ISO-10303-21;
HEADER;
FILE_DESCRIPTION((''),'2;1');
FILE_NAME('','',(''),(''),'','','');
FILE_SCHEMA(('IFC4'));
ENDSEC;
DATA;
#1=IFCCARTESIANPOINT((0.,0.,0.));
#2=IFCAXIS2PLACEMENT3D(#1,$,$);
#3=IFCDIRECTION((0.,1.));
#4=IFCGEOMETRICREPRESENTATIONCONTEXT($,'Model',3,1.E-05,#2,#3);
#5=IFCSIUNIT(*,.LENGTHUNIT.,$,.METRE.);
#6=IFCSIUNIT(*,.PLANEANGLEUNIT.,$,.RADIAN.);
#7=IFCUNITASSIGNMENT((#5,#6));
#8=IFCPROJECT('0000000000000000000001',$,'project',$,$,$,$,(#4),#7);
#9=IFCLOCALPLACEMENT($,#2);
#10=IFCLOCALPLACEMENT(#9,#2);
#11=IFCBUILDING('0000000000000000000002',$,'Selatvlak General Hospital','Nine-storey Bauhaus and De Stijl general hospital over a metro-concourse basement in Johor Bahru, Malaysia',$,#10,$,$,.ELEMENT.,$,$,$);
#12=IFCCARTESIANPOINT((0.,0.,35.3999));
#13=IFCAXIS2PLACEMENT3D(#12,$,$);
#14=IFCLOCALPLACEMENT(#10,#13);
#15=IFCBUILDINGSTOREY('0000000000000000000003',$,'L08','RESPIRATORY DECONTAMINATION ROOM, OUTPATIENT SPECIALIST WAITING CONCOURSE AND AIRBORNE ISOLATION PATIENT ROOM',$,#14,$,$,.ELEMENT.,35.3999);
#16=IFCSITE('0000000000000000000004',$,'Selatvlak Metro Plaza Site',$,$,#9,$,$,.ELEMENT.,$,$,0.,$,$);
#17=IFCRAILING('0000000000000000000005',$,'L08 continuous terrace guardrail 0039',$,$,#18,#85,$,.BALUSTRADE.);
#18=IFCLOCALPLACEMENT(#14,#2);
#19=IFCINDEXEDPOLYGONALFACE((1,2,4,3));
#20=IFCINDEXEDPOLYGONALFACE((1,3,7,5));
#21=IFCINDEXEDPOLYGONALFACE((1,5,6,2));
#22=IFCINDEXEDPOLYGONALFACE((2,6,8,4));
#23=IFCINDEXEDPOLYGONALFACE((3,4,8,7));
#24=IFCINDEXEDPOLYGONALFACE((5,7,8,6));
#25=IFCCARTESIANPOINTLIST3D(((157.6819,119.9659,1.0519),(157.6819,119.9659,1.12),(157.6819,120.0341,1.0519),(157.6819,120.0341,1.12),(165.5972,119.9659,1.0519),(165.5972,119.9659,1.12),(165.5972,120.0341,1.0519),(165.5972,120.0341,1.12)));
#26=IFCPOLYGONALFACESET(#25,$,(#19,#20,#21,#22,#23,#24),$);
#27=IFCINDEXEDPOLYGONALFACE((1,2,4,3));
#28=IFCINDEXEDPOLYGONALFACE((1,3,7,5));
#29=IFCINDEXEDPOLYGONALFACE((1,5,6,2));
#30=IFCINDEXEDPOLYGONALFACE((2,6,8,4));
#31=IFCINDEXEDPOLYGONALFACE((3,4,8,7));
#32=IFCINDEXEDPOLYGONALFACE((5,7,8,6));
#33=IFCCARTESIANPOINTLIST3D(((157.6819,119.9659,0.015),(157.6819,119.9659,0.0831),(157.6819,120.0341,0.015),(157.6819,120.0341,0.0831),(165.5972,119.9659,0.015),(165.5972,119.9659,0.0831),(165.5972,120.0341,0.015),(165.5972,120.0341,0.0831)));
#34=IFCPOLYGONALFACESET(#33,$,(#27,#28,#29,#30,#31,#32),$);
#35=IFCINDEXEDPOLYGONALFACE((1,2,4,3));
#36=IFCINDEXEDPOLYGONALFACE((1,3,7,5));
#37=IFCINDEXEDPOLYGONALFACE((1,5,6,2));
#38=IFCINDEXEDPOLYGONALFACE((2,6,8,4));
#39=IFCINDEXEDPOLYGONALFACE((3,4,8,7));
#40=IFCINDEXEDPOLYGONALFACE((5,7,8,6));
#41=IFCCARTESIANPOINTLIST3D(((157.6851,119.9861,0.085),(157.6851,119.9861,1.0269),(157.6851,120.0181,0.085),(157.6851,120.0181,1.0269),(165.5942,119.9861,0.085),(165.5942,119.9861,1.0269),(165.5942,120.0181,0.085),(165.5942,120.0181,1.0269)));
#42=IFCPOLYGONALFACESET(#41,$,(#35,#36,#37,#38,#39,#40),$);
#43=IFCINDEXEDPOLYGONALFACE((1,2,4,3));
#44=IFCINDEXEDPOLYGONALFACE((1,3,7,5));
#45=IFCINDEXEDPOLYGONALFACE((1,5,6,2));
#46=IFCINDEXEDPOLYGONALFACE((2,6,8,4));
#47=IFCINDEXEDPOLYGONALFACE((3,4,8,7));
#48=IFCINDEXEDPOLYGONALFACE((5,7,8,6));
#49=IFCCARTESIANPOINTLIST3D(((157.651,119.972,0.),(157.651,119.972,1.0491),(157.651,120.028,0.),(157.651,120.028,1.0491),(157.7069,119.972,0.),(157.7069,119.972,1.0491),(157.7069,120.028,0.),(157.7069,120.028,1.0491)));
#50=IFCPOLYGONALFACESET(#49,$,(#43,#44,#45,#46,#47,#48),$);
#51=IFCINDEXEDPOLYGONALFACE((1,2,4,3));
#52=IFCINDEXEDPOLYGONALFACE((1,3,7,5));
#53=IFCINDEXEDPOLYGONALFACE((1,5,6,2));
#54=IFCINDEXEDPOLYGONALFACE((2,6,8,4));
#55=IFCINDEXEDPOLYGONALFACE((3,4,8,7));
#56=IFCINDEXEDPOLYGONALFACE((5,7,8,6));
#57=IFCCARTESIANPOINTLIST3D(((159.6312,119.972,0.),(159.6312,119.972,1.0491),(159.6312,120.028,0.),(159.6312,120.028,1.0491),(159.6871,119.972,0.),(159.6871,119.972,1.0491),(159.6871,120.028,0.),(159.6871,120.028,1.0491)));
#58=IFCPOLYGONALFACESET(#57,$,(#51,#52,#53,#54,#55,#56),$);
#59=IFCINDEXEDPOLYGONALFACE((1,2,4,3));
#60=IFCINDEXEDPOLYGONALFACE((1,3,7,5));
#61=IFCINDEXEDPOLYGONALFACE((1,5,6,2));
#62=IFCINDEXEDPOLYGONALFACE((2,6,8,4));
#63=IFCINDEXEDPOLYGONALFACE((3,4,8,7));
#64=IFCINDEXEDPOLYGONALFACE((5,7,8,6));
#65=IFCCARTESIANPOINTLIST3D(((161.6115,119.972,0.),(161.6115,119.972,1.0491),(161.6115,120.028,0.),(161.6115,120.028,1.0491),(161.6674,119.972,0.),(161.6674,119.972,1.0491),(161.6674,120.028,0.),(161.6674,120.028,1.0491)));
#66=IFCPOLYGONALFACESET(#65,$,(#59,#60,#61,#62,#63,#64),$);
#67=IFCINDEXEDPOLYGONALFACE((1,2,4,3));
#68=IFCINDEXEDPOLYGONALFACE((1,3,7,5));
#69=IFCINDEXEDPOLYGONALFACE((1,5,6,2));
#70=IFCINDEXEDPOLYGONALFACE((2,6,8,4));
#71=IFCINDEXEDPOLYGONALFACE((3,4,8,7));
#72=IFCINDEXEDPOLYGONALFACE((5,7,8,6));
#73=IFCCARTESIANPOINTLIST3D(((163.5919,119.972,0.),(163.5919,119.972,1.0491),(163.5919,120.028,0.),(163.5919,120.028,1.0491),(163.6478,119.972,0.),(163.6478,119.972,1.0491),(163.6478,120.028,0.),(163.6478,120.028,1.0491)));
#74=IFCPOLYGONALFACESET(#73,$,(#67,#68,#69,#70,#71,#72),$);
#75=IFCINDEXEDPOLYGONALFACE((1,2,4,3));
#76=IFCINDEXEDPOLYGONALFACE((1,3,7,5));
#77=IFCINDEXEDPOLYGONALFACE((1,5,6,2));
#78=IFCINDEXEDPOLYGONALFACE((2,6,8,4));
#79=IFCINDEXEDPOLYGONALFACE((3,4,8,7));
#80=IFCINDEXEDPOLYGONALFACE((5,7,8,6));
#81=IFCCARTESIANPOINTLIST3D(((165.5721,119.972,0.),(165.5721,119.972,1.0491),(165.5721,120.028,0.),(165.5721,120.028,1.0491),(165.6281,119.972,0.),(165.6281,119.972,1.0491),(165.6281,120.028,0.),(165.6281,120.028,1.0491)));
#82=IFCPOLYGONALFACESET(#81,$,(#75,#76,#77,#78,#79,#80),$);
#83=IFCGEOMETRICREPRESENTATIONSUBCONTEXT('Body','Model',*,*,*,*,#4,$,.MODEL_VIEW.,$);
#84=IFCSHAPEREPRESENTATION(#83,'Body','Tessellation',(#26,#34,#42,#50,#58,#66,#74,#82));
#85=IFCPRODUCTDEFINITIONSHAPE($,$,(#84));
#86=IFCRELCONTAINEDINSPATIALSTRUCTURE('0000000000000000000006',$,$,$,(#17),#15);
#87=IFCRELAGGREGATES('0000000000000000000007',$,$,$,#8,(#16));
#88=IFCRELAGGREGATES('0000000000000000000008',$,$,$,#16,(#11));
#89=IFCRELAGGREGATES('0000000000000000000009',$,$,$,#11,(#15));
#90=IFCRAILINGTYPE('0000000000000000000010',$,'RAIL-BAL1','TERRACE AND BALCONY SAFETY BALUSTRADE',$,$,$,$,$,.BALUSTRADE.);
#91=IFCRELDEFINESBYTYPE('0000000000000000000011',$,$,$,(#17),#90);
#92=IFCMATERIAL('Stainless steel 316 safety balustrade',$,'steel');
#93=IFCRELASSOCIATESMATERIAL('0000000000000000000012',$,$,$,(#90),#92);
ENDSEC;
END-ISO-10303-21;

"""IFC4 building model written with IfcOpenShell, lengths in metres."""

from ifc_helpers import new_model, si_unit, direction, frame, origin, origin_2d, place, context, subcontext, project, spatial, polyline, rectangle, outline, extrude, material, type_object, element, save


model = new_model("IFC4")

# Units and contexts
model_context = context("Model", 3, precision=1e-05, world=origin(), true_north=direction((0.0, 1.0)))
body_context = subcontext(model_context, "Body", "Model", "MODEL_VIEW")
ifc_project = project(units=[si_unit("LENGTHUNIT", "METRE"), si_unit("PLANEANGLEUNIT", "RADIAN")], contexts=[model_context])

# Site, building, storey
site_placement = place(None, origin())
site = spatial("IfcSite", under=ifc_project, at=site_placement, Name="Selatvlak Metro Plaza Site", CompositionType="ELEMENT", RefElevation=0.0)
building_placement = place(site_placement, origin())
building = spatial("IfcBuilding", under=site, at=building_placement, Name="Selatvlak General Hospital", Description="Nine-storey Bauhaus and De Stijl general hospital over a metro-concourse basement in Johor Bahru, Malaysia", CompositionType="ELEMENT")
storey_placement = place(building_placement, frame((0.0, 0.0, 35.3999)))
storey = spatial("IfcBuildingStorey", under=building, at=storey_placement, Name="L08", Description="RESPIRATORY DECONTAMINATION ROOM, OUTPATIENT SPECIALIST WAITING CONCOURSE AND AIRBORNE ISOLATION PATIENT ROOM", CompositionType="ELEMENT", Elevation=35.3999)

# Railing
ifc_material_1 = material(Name="Stainless steel 316 safety balustrade", Category="steel")
railing_type = type_object("IfcRailingType", Name="RAIL-BAL1", Description="TERRACE AND BALCONY SAFETY BALUSTRADE", PredefinedType="BALUSTRADE", material=ifc_material_1)
railing_1_placement = place(storey_placement, frame((157.679, 120.0, 0.0)))
element("IfcRailing", 1, at=railing_1_placement, inside=storey, type_object=railing_type, Name="L08 continuous terrace guardrail 0039", PredefinedType="BALUSTRADE", context=body_context, shape_type="SweptSolid", body=[
    extrude(rectangle(XDim=0.0681, YDim=0.0681, at=origin_2d()), frame((0.0029, 0.0, 1.0859), z_axis=(1.0, 0.0, 0.0), x_axis=(0.0, 1.0, 0.0)), (0.0, 0.0, 1.0), 7.9153),
    extrude(rectangle(XDim=0.0681, YDim=0.0681, at=origin_2d()), frame((0.0029, 0.0, 0.0491), z_axis=(1.0, 0.0, 0.0), x_axis=(0.0, 1.0, 0.0)), (0.0, 0.0, 1.0), 7.9153),
    extrude(outline(polyline([(0.0, 0.0), (7.9092, 0.0), (7.9092, 0.9419), (0.0, 0.9419), (0.0, 0.0)])), frame((0.0061, 0.0181, 0.085), z_axis=(0.0, -1.0, 0.0), x_axis=(1.0, 0.0, 0.0)), (0.0, 0.0, 1.0), 0.032),
    extrude(rectangle(XDim=0.0559, YDim=0.0559, at=origin_2d()), origin(), (0.0, 0.0, 1.0), 1.0491),
    extrude(rectangle(XDim=0.0559, YDim=0.0559, at=origin_2d()), frame((1.9802, 0.0, 0.0)), (0.0, 0.0, 1.0), 1.0491),
    extrude(rectangle(XDim=0.0559, YDim=0.0559, at=origin_2d()), frame((3.9604, 0.0, 0.0)), (0.0, 0.0, 1.0), 1.0491),
    extrude(rectangle(XDim=0.0559, YDim=0.0559, at=origin_2d()), frame((5.9409, 0.0, 0.0)), (0.0, 0.0, 1.0), 1.0491),
    extrude(rectangle(XDim=0.0559, YDim=0.0559, at=origin_2d()), frame((7.9211, 0.0, 0.0)), (0.0, 0.0, 1.0), 1.0491),
])

save(model, "model.ifc")
